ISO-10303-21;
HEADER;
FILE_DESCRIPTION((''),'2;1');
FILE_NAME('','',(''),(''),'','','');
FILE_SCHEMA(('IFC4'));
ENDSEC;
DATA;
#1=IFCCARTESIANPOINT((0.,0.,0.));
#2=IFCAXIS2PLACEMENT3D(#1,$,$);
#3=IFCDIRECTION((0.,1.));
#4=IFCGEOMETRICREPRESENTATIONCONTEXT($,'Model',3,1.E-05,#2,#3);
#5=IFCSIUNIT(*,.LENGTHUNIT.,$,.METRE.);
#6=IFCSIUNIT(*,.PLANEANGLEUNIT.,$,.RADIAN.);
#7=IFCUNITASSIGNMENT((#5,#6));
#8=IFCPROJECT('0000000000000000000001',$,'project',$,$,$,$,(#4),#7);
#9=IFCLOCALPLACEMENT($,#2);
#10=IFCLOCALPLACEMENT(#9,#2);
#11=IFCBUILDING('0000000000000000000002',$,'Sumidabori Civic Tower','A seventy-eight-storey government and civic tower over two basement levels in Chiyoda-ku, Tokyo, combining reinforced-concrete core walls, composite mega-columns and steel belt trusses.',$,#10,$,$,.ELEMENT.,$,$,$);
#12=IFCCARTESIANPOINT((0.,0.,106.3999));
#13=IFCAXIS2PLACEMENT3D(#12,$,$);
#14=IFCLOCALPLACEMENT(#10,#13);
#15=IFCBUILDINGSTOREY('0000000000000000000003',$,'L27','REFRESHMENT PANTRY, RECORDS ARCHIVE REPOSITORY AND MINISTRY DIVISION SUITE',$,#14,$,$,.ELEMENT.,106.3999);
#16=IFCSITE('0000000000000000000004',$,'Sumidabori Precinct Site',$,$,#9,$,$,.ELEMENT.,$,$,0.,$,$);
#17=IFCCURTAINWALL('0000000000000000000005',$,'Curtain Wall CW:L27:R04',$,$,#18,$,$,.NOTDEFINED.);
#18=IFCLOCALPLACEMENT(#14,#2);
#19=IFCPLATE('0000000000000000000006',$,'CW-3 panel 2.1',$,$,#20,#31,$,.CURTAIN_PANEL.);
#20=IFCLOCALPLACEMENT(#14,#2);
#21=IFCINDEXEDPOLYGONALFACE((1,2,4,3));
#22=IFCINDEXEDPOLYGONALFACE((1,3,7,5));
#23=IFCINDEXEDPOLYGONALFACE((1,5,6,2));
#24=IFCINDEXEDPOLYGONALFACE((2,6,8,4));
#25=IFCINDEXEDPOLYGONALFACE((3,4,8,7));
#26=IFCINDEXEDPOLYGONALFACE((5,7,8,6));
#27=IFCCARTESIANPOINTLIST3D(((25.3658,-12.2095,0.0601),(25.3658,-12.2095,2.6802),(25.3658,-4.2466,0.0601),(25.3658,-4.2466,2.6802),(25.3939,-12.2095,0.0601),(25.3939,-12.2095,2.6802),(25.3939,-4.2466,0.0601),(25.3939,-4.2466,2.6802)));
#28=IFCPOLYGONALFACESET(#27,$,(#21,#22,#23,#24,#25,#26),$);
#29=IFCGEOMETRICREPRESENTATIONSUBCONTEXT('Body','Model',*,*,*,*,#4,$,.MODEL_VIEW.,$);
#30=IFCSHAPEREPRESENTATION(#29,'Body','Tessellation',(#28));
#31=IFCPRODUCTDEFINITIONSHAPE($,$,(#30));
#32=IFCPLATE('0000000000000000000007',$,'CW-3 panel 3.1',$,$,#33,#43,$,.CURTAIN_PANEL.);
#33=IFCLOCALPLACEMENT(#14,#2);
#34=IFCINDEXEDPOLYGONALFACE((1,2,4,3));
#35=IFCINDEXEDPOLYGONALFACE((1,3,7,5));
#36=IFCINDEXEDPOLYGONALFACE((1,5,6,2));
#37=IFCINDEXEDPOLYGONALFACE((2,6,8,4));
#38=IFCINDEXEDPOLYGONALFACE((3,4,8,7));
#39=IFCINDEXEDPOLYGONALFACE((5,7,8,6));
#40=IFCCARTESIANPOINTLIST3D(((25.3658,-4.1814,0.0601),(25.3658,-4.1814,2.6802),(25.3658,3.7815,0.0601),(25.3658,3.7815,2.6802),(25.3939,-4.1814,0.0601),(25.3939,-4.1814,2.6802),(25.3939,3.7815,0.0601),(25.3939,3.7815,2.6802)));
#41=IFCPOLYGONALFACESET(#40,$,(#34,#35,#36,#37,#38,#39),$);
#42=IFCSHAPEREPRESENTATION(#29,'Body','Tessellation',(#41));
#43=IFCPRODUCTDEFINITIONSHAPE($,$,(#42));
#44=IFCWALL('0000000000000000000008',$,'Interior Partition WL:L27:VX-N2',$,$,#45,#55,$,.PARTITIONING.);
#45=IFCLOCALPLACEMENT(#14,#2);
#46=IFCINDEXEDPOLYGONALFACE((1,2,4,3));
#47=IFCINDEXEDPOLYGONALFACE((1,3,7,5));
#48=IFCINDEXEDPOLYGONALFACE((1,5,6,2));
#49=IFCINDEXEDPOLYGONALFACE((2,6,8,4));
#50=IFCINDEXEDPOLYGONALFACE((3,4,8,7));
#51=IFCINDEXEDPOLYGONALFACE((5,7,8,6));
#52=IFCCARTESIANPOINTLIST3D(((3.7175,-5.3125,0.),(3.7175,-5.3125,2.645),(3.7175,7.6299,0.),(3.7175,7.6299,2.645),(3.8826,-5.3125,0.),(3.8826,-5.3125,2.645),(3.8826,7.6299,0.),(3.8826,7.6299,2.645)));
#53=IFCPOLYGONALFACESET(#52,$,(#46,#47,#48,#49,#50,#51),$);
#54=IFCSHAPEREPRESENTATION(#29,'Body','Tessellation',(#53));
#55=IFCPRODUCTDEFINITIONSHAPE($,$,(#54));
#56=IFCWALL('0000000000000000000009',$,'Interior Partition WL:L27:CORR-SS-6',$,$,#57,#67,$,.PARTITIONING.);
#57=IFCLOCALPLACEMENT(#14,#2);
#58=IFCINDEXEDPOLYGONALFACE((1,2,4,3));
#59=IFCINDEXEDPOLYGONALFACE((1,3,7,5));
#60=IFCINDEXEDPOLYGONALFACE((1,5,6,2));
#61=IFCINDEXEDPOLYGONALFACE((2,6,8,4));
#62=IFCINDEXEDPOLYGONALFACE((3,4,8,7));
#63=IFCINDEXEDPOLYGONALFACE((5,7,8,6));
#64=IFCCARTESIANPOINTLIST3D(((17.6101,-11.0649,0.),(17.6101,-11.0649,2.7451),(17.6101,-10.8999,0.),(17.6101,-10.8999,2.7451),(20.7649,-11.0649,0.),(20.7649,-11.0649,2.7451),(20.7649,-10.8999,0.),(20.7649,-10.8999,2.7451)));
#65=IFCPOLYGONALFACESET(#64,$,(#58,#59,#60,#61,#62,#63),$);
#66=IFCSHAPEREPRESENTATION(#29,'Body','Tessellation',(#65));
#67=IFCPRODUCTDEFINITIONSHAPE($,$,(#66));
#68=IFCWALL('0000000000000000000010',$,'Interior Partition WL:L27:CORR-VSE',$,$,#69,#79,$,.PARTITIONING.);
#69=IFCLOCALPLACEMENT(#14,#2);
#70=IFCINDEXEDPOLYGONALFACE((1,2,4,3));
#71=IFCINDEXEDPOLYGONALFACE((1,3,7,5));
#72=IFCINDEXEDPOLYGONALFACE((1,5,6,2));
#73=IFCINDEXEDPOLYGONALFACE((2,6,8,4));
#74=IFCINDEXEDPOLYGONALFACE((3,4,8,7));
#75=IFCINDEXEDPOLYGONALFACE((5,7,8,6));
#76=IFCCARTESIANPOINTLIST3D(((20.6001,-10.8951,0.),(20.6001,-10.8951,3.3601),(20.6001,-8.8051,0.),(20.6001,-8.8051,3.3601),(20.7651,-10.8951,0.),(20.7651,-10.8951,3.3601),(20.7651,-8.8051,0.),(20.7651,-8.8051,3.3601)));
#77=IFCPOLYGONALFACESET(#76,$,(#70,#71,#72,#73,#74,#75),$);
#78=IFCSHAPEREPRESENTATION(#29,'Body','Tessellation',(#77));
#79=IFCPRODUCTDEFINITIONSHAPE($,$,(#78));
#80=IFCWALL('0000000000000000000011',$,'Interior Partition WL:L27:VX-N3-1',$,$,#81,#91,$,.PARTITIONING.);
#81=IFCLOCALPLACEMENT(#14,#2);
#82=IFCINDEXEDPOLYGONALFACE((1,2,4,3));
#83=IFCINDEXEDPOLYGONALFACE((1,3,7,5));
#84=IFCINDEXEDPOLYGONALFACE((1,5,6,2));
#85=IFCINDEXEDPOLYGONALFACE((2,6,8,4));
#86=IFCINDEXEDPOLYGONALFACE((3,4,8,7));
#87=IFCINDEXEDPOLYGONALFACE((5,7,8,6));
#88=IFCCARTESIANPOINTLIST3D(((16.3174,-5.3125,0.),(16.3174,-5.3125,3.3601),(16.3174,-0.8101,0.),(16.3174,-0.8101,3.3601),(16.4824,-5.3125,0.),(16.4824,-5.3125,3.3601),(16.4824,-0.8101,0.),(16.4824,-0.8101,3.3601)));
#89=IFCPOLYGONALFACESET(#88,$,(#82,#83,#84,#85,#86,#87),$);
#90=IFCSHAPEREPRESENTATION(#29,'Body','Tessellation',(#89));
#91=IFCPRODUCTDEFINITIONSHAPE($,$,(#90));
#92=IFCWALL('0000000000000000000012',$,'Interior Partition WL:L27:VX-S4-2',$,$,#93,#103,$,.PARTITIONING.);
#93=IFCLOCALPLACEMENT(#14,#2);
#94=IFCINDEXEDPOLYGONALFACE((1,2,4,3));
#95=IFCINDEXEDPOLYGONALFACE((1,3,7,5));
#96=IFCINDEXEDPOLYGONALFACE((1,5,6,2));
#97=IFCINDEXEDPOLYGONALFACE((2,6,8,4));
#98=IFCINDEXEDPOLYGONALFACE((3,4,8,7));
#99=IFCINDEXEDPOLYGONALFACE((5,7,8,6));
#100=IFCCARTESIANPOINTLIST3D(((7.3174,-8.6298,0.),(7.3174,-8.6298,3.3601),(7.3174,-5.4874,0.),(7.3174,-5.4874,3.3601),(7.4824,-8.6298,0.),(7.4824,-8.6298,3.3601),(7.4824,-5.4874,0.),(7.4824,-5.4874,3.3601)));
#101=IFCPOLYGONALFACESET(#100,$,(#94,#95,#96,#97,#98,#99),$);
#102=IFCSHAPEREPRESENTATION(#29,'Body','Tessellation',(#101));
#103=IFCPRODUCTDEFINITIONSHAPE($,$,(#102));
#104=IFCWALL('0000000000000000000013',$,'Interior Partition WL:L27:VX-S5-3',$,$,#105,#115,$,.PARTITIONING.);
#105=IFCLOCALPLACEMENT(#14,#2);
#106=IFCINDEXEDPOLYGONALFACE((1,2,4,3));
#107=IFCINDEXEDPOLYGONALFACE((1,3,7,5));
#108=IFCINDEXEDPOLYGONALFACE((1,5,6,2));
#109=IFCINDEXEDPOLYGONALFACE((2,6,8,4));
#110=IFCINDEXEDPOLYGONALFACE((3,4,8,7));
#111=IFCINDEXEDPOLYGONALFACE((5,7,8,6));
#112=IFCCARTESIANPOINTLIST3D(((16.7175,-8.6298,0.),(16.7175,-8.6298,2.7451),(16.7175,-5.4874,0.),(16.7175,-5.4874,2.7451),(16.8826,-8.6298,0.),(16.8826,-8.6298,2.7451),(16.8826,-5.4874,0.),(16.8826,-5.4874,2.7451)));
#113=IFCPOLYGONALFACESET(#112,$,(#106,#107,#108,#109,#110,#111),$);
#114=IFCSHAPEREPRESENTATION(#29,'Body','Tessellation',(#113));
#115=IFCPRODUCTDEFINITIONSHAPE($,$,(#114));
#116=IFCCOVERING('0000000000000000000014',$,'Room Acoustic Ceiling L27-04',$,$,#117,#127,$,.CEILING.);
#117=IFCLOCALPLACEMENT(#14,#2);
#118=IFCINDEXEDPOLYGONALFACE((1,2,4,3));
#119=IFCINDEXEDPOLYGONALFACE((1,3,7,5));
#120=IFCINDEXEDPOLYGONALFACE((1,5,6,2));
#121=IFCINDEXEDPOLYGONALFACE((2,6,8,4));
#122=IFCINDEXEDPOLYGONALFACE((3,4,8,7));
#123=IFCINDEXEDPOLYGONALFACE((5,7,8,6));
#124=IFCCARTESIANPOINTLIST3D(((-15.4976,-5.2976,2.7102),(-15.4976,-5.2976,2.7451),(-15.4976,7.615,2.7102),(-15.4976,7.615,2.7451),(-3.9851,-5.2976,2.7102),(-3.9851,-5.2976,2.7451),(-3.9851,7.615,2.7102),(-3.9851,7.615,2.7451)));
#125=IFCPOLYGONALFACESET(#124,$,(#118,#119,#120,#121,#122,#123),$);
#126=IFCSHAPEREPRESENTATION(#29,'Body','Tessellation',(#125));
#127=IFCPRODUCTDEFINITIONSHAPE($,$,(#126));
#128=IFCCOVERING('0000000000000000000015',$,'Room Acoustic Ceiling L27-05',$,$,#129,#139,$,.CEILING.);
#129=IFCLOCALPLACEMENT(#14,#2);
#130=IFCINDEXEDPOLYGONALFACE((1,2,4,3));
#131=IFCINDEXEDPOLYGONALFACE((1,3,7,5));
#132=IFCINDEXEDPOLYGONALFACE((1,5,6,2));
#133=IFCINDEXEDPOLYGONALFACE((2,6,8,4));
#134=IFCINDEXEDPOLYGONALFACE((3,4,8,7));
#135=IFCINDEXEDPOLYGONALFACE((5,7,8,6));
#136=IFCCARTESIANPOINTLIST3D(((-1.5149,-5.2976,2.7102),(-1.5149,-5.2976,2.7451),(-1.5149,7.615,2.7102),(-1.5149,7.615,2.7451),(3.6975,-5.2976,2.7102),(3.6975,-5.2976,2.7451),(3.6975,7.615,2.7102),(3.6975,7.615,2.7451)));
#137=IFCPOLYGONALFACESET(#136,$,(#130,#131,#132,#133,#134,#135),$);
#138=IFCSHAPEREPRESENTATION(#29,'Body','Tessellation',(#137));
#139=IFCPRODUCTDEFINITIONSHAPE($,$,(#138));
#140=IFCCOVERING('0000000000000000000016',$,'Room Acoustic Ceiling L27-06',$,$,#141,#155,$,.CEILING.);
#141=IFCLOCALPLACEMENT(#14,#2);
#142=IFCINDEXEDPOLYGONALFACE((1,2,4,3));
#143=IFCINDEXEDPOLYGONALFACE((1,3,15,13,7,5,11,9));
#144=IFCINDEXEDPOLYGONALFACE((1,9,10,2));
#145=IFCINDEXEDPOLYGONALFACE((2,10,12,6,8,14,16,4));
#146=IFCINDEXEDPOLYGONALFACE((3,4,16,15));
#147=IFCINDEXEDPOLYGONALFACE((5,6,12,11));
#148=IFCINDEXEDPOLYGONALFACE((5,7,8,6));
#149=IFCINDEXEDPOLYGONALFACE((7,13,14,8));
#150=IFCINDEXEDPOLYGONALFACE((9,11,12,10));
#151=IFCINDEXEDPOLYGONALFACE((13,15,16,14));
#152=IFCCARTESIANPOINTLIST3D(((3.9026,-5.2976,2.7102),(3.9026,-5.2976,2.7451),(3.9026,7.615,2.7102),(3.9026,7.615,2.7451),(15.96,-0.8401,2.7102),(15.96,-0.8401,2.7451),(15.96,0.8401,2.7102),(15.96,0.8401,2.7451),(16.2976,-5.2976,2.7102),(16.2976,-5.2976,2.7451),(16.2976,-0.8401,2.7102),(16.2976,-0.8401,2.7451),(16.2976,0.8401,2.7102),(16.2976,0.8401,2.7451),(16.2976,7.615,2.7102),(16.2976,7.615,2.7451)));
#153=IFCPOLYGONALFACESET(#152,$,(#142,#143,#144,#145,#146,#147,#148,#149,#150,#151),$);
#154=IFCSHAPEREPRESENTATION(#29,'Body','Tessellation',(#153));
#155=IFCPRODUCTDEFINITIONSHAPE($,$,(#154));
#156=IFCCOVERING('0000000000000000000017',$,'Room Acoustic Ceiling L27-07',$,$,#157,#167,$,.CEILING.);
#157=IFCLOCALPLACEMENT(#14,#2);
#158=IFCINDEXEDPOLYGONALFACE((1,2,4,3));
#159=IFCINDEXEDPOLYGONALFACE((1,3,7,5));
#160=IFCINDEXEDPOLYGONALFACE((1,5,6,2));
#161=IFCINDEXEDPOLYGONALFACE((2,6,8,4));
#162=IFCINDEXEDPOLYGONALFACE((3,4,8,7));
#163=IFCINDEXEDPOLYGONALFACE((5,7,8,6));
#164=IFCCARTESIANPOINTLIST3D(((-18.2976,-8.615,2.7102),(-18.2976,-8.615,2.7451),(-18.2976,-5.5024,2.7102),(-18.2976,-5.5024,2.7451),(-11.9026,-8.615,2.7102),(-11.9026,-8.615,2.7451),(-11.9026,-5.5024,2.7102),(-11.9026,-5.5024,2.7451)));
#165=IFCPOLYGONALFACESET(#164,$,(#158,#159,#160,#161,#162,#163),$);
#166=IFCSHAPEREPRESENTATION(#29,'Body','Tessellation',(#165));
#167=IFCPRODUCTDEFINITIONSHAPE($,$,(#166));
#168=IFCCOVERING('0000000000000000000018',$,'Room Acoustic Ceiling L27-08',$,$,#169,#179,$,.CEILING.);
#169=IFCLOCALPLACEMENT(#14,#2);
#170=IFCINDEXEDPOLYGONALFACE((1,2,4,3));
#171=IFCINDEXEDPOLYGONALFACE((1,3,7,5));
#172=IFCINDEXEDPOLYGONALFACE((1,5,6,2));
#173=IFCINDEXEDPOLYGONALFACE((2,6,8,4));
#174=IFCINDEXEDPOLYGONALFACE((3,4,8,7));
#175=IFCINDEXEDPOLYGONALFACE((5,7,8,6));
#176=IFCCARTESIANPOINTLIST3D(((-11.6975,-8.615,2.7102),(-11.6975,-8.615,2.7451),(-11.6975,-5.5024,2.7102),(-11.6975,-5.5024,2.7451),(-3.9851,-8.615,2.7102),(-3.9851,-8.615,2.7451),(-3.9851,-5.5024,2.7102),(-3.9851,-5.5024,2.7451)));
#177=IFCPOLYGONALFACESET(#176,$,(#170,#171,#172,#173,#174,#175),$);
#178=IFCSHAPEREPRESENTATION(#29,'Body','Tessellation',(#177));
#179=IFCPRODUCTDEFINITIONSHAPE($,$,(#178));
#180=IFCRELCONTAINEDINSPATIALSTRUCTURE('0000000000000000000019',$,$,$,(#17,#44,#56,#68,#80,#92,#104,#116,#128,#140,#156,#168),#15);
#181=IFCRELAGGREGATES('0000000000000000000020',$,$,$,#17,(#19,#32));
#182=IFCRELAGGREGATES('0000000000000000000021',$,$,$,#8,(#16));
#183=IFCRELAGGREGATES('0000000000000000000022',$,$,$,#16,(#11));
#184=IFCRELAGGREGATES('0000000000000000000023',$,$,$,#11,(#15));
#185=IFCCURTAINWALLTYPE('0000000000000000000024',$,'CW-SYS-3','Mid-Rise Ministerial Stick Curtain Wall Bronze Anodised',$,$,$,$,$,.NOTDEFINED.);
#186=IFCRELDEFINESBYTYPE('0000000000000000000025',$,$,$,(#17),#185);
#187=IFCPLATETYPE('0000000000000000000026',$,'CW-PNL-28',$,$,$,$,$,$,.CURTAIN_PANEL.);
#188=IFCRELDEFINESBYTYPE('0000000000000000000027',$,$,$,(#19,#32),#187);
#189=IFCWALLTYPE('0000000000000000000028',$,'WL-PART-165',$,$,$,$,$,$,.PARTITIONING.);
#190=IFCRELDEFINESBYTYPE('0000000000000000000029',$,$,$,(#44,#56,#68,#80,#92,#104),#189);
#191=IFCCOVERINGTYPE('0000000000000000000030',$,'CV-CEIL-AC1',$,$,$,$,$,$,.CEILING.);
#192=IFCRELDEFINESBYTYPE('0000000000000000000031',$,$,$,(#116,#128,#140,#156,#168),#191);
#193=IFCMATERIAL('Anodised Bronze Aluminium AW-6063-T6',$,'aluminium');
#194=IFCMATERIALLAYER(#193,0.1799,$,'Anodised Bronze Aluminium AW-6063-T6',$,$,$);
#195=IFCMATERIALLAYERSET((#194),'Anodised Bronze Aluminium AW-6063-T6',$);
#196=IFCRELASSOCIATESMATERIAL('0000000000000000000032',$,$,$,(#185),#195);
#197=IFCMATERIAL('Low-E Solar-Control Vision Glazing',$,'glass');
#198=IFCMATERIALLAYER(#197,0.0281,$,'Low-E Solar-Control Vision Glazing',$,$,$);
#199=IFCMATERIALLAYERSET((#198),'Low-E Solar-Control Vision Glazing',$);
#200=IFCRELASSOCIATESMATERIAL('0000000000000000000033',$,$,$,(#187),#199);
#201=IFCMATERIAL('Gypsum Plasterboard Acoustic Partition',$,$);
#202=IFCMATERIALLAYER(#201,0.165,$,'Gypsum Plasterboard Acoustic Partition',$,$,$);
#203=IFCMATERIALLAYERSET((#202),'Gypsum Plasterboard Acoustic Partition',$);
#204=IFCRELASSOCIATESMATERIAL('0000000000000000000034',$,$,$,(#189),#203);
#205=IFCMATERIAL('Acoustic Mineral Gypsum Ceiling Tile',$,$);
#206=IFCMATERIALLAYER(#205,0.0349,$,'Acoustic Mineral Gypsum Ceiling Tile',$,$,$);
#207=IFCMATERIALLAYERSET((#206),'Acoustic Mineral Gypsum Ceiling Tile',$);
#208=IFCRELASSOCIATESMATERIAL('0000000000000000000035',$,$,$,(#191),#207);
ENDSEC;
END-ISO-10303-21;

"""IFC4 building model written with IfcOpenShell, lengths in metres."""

from ifc_helpers import new_model, si_unit, direction, frame, frame_2d, origin, origin_2d, place, context, subcontext, project, spatial, polyline, rectangle, outline, extrude, source, transform, mapped, material, layer, layer_set, type_object, element, aggregate, save


model = new_model("IFC4")

# Units and contexts
model_context = context("Model", 3, precision=1e-05, world=origin(), true_north=direction((0.0, 1.0)))
body_context = subcontext(model_context, "Body", "Model", "MODEL_VIEW")
ifc_project = project(units=[si_unit("LENGTHUNIT", "METRE"), si_unit("PLANEANGLEUNIT", "RADIAN")], contexts=[model_context])

# Site, building, storey
site_placement = place(None, origin())
site = spatial("IfcSite", under=ifc_project, at=site_placement, Name="Sumidabori Precinct Site", CompositionType="ELEMENT", RefElevation=0.0)
building_placement = place(site_placement, origin())
building = spatial("IfcBuilding", under=site, at=building_placement, Name="Sumidabori Civic Tower", Description="A seventy-eight-storey government and civic tower over two basement levels in Chiyoda-ku, Tokyo, combining reinforced-concrete core walls, composite mega-columns and steel belt trusses.", CompositionType="ELEMENT")
storey_placement = place(building_placement, frame((0.0, 0.0, 106.3999)))
storey = spatial("IfcBuildingStorey", under=building, at=storey_placement, Name="L27", Description="REFRESHMENT PANTRY, RECORDS ARCHIVE REPOSITORY AND MINISTRY DIVISION SUITE", CompositionType="ELEMENT", Elevation=106.3999)

# Curtain wall, plates
ifc_material_1 = material(Name="Anodised Bronze Aluminium AW-6063-T6", Category="aluminium")
ifc_layer_1 = layer(ifc_material_1, 0.1799, Name="Anodised Bronze Aluminium AW-6063-T6")
ifc_layer_set_1 = layer_set([ifc_layer_1], Name="Anodised Bronze Aluminium AW-6063-T6")
curtain_wall_type = type_object("IfcCurtainWallType", Name="CW-SYS-3", Description="Mid-Rise Ministerial Stick Curtain Wall Bronze Anodised", PredefinedType="NOTDEFINED", material=ifc_layer_set_1)
curtain_wall_placement = place(storey_placement, origin())
curtain_wall = element("IfcCurtainWall", 1, at=curtain_wall_placement, inside=storey, type_object=curtain_wall_type, Name="Curtain Wall CW:L27:R04", PredefinedType="NOTDEFINED")
ifc_material_2 = material(Name="Low-E Solar-Control Vision Glazing", Category="glass")
ifc_layer_2 = layer(ifc_material_2, 0.0281, Name="Low-E Solar-Control Vision Glazing")
ifc_layer_set_2 = layer_set([ifc_layer_2], Name="Low-E Solar-Control Vision Glazing")
plate_type = type_object("IfcPlateType", Name="CW-PNL-28", PredefinedType="CURTAIN_PANEL", material=ifc_layer_set_2)
shared_shape_1 = source(origin(), body_context, "Body", "SweptSolid", [
    extrude(rectangle(XDim=7.9629, YDim=0.0281, at=origin_2d()), origin(), (0.0, 0.0, 1.0), 2.6201),
])
plate_1_placement = place(storey_placement, frame((25.3799, -8.228, 0.0601), z_axis=(0.0, 0.0, 1.0), x_axis=(0.0, 1.0, 0.0)))
plate_1 = element("IfcPlate", 2, at=plate_1_placement, type_object=plate_type, Name="CW-3 panel 2.1", PredefinedType="CURTAIN_PANEL", context=body_context, shape_type="MappedRepresentation", body=[
    mapped(shared_shape_1, transform((0.0, 0.0, 0.0), x_axis=(1.0, 0.0, 0.0), y_axis=(0.0, 1.0, 0.0), z_axis=(0.0, 0.0, 1.0), scale=1.0)),
])
plate_2_placement = place(storey_placement, frame((25.3799, -0.2, 0.0601), z_axis=(0.0, 0.0, 1.0), x_axis=(0.0, 1.0, 0.0)))
plate_2 = element("IfcPlate", 3, at=plate_2_placement, type_object=plate_type, Name="CW-3 panel 3.1", PredefinedType="CURTAIN_PANEL", context=body_context, shape_type="MappedRepresentation", body=[
    mapped(shared_shape_1, transform((0.0, 0.0, 0.0), x_axis=(1.0, 0.0, 0.0), y_axis=(0.0, 1.0, 0.0), z_axis=(0.0, 0.0, 1.0), scale=1.0)),
])
aggregate(curtain_wall, [plate_1, plate_2])

# Walls
ifc_material_3 = material(Name="Gypsum Plasterboard Acoustic Partition")
ifc_layer_3 = layer(ifc_material_3, 0.165, Name="Gypsum Plasterboard Acoustic Partition")
ifc_layer_set_3 = layer_set([ifc_layer_3], Name="Gypsum Plasterboard Acoustic Partition")
wall_type = type_object("IfcWallType", Name="WL-PART-165", PredefinedType="PARTITIONING", material=ifc_layer_set_3)
shared_shape_2 = source(origin(), body_context, "Body", "SweptSolid", [
    extrude(rectangle(XDim=12.9424, YDim=0.165, at=frame_2d((6.4712, 0.0))), origin(), (0.0, 0.0, 1.0), 2.645),
])
wall_1_placement = place(storey_placement, frame((3.8, -5.3125, 0.0), z_axis=(0.0, 0.0, 1.0), x_axis=(0.0, 1.0, 0.0)))
element("IfcWall", 4, at=wall_1_placement, inside=storey, type_object=wall_type, Name="Interior Partition WL:L27:VX-N2", PredefinedType="PARTITIONING", context=body_context, shape_type="MappedRepresentation", body=[
    mapped(shared_shape_2, transform((0.0, 0.0, 0.0), x_axis=(1.0, 0.0, 0.0), y_axis=(0.0, 1.0, 0.0), z_axis=(0.0, 0.0, 1.0), scale=1.0)),
])
shared_shape_3 = source(origin(), body_context, "Body", "SweptSolid", [
    extrude(rectangle(XDim=3.1548, YDim=0.165, at=frame_2d((1.5774, 0.0))), origin(), (0.0, 0.0, 1.0), 2.7451),
])
wall_2_placement = place(storey_placement, frame((17.6101, -10.9824, 0.0), z_axis=(0.0, 0.0, 1.0), x_axis=(1.0, 0.0, 0.0)))
element("IfcWall", 5, at=wall_2_placement, inside=storey, type_object=wall_type, Name="Interior Partition WL:L27:CORR-SS-6", PredefinedType="PARTITIONING", context=body_context, shape_type="MappedRepresentation", body=[
    mapped(shared_shape_3, transform((0.0, 0.0, 0.0), x_axis=(1.0, 0.0, 0.0), y_axis=(0.0, 1.0, 0.0), z_axis=(0.0, 0.0, 1.0), scale=1.0)),
])
shared_shape_4 = source(origin(), body_context, "Body", "SweptSolid", [
    extrude(rectangle(XDim=2.0901, YDim=0.165, at=frame_2d((1.0449, 0.0))), origin(), (0.0, 0.0, 1.0), 3.3601),
])
wall_3_placement = place(storey_placement, frame((20.6826, -10.895, 0.0), z_axis=(0.0, 0.0, 1.0), x_axis=(0.0, 1.0, 0.0)))
element("IfcWall", 6, at=wall_3_placement, inside=storey, type_object=wall_type, Name="Interior Partition WL:L27:CORR-VSE", PredefinedType="PARTITIONING", context=body_context, shape_type="MappedRepresentation", body=[
    mapped(shared_shape_4, transform((0.0, 0.0, 0.0), x_axis=(1.0, 0.0, 0.0), y_axis=(0.0, 1.0, 0.0), z_axis=(0.0, 0.0, 1.0), scale=1.0)),
])
shared_shape_5 = source(origin(), body_context, "Body", "SweptSolid", [
    extrude(rectangle(XDim=4.5024, YDim=0.165, at=frame_2d((2.2512, 0.0))), origin(), (0.0, 0.0, 1.0), 3.3601),
])
wall_4_placement = place(storey_placement, frame((16.3999, -5.3125, 0.0), z_axis=(0.0, 0.0, 1.0), x_axis=(0.0, 1.0, 0.0)))
element("IfcWall", 7, at=wall_4_placement, inside=storey, type_object=wall_type, Name="Interior Partition WL:L27:VX-N3-1", PredefinedType="PARTITIONING", context=body_context, shape_type="MappedRepresentation", body=[
    mapped(shared_shape_5, transform((0.0, 0.0, 0.0), x_axis=(1.0, 0.0, 0.0), y_axis=(0.0, 1.0, 0.0), z_axis=(0.0, 0.0, 1.0), scale=1.0)),
])
shared_shape_6 = source(origin(), body_context, "Body", "SweptSolid", [
    extrude(rectangle(XDim=3.1423, YDim=0.165, at=frame_2d((1.5713, 0.0))), origin(), (0.0, 0.0, 1.0), 3.3601),
])
wall_5_placement = place(storey_placement, frame((7.3999, -8.6299, 0.0), z_axis=(0.0, 0.0, 1.0), x_axis=(0.0, 1.0, 0.0)))
element("IfcWall", 8, at=wall_5_placement, inside=storey, type_object=wall_type, Name="Interior Partition WL:L27:VX-S4-2", PredefinedType="PARTITIONING", context=body_context, shape_type="MappedRepresentation", body=[
    mapped(shared_shape_6, transform((0.0, 0.0, 0.0), x_axis=(1.0, 0.0, 0.0), y_axis=(0.0, 1.0, 0.0), z_axis=(0.0, 0.0, 1.0), scale=1.0)),
])
shared_shape_7 = source(origin(), body_context, "Body", "SweptSolid", [
    extrude(rectangle(XDim=3.1423, YDim=0.165, at=frame_2d((1.5713, 0.0))), origin(), (0.0, 0.0, 1.0), 2.7451),
])
wall_6_placement = place(storey_placement, frame((16.8, -8.6299, 0.0), z_axis=(0.0, 0.0, 1.0), x_axis=(0.0, 1.0, 0.0)))
element("IfcWall", 9, at=wall_6_placement, inside=storey, type_object=wall_type, Name="Interior Partition WL:L27:VX-S5-3", PredefinedType="PARTITIONING", context=body_context, shape_type="MappedRepresentation", body=[
    mapped(shared_shape_7, transform((0.0, 0.0, 0.0), x_axis=(1.0, 0.0, 0.0), y_axis=(0.0, 1.0, 0.0), z_axis=(0.0, 0.0, 1.0), scale=1.0)),
])

# Coverings
ifc_material_4 = material(Name="Acoustic Mineral Gypsum Ceiling Tile")
ifc_layer_4 = layer(ifc_material_4, 0.0349, Name="Acoustic Mineral Gypsum Ceiling Tile")
ifc_layer_set_4 = layer_set([ifc_layer_4], Name="Acoustic Mineral Gypsum Ceiling Tile")
covering_type_1 = type_object("IfcCoveringType", Name="CV-CEIL-AC1", PredefinedType="CEILING", material=ifc_layer_set_4)
covering_1_placement = place(storey_placement, frame((0.0, 0.0, 2.7102)))
element("IfcCovering", 10, at=covering_1_placement, inside=storey, type_object=covering_type_1, Name="Room Acoustic Ceiling L27-04", PredefinedType="CEILING", context=body_context, shape_type="SweptSolid", body=[
    extrude(outline(polyline([(-15.4976, 7.615), (-3.9851, 7.615), (-3.9851, -5.2976), (-15.4976, -5.2976), (-15.4976, 7.615)])), origin(), (0.0, 0.0, 1.0), 0.0349),
])
covering_2_placement = place(storey_placement, frame((0.0, 0.0, 2.7102)))
element("IfcCovering", 11, at=covering_2_placement, inside=storey, type_object=covering_type_1, Name="Room Acoustic Ceiling L27-05", PredefinedType="CEILING", context=body_context, shape_type="SweptSolid", body=[
    extrude(outline(polyline([(-1.5149, 7.615), (3.6975, 7.615), (3.6975, -5.2976), (-1.5149, -5.2976), (-1.5149, 7.615)])), origin(), (0.0, 0.0, 1.0), 0.0349),
])
covering_3_placement = place(storey_placement, frame((0.0, 0.0, 2.7102)))
element("IfcCovering", 12, at=covering_3_placement, inside=storey, type_object=covering_type_1, Name="Room Acoustic Ceiling L27-06", PredefinedType="CEILING", context=body_context, shape_type="SweptSolid", body=[
    extrude(outline(polyline([(3.9026, 7.615), (16.2976, 7.615), (16.2976, 0.8401), (15.96, 0.8401), (15.96, -0.8401), (16.2976, -0.8401), (16.2976, -5.2976), (3.9026, -5.2976), (3.9026, 7.615)])), origin(), (0.0, 0.0, 1.0), 0.0349),
])
covering_4_placement = place(storey_placement, frame((0.0, 0.0, 2.7102)))
element("IfcCovering", 13, at=covering_4_placement, inside=storey, type_object=covering_type_1, Name="Room Acoustic Ceiling L27-07", PredefinedType="CEILING", context=body_context, shape_type="SweptSolid", body=[
    extrude(outline(polyline([(-18.2976, -8.615), (-18.2976, -5.5024), (-11.9026, -5.5024), (-11.9026, -8.615), (-18.2976, -8.615)])), origin(), (0.0, 0.0, 1.0), 0.0349),
])
covering_5_placement = place(storey_placement, frame((0.0, 0.0, 2.7102)))
element("IfcCovering", 14, at=covering_5_placement, inside=storey, type_object=covering_type_1, Name="Room Acoustic Ceiling L27-08", PredefinedType="CEILING", context=body_context, shape_type="SweptSolid", body=[
    extrude(outline(polyline([(-3.9851, -8.615), (-11.6975, -8.615), (-11.6975, -5.5024), (-3.9851, -5.5024), (-3.9851, -8.615)])), origin(), (0.0, 0.0, 1.0), 0.0349),
])

save(model, "model.ifc")
